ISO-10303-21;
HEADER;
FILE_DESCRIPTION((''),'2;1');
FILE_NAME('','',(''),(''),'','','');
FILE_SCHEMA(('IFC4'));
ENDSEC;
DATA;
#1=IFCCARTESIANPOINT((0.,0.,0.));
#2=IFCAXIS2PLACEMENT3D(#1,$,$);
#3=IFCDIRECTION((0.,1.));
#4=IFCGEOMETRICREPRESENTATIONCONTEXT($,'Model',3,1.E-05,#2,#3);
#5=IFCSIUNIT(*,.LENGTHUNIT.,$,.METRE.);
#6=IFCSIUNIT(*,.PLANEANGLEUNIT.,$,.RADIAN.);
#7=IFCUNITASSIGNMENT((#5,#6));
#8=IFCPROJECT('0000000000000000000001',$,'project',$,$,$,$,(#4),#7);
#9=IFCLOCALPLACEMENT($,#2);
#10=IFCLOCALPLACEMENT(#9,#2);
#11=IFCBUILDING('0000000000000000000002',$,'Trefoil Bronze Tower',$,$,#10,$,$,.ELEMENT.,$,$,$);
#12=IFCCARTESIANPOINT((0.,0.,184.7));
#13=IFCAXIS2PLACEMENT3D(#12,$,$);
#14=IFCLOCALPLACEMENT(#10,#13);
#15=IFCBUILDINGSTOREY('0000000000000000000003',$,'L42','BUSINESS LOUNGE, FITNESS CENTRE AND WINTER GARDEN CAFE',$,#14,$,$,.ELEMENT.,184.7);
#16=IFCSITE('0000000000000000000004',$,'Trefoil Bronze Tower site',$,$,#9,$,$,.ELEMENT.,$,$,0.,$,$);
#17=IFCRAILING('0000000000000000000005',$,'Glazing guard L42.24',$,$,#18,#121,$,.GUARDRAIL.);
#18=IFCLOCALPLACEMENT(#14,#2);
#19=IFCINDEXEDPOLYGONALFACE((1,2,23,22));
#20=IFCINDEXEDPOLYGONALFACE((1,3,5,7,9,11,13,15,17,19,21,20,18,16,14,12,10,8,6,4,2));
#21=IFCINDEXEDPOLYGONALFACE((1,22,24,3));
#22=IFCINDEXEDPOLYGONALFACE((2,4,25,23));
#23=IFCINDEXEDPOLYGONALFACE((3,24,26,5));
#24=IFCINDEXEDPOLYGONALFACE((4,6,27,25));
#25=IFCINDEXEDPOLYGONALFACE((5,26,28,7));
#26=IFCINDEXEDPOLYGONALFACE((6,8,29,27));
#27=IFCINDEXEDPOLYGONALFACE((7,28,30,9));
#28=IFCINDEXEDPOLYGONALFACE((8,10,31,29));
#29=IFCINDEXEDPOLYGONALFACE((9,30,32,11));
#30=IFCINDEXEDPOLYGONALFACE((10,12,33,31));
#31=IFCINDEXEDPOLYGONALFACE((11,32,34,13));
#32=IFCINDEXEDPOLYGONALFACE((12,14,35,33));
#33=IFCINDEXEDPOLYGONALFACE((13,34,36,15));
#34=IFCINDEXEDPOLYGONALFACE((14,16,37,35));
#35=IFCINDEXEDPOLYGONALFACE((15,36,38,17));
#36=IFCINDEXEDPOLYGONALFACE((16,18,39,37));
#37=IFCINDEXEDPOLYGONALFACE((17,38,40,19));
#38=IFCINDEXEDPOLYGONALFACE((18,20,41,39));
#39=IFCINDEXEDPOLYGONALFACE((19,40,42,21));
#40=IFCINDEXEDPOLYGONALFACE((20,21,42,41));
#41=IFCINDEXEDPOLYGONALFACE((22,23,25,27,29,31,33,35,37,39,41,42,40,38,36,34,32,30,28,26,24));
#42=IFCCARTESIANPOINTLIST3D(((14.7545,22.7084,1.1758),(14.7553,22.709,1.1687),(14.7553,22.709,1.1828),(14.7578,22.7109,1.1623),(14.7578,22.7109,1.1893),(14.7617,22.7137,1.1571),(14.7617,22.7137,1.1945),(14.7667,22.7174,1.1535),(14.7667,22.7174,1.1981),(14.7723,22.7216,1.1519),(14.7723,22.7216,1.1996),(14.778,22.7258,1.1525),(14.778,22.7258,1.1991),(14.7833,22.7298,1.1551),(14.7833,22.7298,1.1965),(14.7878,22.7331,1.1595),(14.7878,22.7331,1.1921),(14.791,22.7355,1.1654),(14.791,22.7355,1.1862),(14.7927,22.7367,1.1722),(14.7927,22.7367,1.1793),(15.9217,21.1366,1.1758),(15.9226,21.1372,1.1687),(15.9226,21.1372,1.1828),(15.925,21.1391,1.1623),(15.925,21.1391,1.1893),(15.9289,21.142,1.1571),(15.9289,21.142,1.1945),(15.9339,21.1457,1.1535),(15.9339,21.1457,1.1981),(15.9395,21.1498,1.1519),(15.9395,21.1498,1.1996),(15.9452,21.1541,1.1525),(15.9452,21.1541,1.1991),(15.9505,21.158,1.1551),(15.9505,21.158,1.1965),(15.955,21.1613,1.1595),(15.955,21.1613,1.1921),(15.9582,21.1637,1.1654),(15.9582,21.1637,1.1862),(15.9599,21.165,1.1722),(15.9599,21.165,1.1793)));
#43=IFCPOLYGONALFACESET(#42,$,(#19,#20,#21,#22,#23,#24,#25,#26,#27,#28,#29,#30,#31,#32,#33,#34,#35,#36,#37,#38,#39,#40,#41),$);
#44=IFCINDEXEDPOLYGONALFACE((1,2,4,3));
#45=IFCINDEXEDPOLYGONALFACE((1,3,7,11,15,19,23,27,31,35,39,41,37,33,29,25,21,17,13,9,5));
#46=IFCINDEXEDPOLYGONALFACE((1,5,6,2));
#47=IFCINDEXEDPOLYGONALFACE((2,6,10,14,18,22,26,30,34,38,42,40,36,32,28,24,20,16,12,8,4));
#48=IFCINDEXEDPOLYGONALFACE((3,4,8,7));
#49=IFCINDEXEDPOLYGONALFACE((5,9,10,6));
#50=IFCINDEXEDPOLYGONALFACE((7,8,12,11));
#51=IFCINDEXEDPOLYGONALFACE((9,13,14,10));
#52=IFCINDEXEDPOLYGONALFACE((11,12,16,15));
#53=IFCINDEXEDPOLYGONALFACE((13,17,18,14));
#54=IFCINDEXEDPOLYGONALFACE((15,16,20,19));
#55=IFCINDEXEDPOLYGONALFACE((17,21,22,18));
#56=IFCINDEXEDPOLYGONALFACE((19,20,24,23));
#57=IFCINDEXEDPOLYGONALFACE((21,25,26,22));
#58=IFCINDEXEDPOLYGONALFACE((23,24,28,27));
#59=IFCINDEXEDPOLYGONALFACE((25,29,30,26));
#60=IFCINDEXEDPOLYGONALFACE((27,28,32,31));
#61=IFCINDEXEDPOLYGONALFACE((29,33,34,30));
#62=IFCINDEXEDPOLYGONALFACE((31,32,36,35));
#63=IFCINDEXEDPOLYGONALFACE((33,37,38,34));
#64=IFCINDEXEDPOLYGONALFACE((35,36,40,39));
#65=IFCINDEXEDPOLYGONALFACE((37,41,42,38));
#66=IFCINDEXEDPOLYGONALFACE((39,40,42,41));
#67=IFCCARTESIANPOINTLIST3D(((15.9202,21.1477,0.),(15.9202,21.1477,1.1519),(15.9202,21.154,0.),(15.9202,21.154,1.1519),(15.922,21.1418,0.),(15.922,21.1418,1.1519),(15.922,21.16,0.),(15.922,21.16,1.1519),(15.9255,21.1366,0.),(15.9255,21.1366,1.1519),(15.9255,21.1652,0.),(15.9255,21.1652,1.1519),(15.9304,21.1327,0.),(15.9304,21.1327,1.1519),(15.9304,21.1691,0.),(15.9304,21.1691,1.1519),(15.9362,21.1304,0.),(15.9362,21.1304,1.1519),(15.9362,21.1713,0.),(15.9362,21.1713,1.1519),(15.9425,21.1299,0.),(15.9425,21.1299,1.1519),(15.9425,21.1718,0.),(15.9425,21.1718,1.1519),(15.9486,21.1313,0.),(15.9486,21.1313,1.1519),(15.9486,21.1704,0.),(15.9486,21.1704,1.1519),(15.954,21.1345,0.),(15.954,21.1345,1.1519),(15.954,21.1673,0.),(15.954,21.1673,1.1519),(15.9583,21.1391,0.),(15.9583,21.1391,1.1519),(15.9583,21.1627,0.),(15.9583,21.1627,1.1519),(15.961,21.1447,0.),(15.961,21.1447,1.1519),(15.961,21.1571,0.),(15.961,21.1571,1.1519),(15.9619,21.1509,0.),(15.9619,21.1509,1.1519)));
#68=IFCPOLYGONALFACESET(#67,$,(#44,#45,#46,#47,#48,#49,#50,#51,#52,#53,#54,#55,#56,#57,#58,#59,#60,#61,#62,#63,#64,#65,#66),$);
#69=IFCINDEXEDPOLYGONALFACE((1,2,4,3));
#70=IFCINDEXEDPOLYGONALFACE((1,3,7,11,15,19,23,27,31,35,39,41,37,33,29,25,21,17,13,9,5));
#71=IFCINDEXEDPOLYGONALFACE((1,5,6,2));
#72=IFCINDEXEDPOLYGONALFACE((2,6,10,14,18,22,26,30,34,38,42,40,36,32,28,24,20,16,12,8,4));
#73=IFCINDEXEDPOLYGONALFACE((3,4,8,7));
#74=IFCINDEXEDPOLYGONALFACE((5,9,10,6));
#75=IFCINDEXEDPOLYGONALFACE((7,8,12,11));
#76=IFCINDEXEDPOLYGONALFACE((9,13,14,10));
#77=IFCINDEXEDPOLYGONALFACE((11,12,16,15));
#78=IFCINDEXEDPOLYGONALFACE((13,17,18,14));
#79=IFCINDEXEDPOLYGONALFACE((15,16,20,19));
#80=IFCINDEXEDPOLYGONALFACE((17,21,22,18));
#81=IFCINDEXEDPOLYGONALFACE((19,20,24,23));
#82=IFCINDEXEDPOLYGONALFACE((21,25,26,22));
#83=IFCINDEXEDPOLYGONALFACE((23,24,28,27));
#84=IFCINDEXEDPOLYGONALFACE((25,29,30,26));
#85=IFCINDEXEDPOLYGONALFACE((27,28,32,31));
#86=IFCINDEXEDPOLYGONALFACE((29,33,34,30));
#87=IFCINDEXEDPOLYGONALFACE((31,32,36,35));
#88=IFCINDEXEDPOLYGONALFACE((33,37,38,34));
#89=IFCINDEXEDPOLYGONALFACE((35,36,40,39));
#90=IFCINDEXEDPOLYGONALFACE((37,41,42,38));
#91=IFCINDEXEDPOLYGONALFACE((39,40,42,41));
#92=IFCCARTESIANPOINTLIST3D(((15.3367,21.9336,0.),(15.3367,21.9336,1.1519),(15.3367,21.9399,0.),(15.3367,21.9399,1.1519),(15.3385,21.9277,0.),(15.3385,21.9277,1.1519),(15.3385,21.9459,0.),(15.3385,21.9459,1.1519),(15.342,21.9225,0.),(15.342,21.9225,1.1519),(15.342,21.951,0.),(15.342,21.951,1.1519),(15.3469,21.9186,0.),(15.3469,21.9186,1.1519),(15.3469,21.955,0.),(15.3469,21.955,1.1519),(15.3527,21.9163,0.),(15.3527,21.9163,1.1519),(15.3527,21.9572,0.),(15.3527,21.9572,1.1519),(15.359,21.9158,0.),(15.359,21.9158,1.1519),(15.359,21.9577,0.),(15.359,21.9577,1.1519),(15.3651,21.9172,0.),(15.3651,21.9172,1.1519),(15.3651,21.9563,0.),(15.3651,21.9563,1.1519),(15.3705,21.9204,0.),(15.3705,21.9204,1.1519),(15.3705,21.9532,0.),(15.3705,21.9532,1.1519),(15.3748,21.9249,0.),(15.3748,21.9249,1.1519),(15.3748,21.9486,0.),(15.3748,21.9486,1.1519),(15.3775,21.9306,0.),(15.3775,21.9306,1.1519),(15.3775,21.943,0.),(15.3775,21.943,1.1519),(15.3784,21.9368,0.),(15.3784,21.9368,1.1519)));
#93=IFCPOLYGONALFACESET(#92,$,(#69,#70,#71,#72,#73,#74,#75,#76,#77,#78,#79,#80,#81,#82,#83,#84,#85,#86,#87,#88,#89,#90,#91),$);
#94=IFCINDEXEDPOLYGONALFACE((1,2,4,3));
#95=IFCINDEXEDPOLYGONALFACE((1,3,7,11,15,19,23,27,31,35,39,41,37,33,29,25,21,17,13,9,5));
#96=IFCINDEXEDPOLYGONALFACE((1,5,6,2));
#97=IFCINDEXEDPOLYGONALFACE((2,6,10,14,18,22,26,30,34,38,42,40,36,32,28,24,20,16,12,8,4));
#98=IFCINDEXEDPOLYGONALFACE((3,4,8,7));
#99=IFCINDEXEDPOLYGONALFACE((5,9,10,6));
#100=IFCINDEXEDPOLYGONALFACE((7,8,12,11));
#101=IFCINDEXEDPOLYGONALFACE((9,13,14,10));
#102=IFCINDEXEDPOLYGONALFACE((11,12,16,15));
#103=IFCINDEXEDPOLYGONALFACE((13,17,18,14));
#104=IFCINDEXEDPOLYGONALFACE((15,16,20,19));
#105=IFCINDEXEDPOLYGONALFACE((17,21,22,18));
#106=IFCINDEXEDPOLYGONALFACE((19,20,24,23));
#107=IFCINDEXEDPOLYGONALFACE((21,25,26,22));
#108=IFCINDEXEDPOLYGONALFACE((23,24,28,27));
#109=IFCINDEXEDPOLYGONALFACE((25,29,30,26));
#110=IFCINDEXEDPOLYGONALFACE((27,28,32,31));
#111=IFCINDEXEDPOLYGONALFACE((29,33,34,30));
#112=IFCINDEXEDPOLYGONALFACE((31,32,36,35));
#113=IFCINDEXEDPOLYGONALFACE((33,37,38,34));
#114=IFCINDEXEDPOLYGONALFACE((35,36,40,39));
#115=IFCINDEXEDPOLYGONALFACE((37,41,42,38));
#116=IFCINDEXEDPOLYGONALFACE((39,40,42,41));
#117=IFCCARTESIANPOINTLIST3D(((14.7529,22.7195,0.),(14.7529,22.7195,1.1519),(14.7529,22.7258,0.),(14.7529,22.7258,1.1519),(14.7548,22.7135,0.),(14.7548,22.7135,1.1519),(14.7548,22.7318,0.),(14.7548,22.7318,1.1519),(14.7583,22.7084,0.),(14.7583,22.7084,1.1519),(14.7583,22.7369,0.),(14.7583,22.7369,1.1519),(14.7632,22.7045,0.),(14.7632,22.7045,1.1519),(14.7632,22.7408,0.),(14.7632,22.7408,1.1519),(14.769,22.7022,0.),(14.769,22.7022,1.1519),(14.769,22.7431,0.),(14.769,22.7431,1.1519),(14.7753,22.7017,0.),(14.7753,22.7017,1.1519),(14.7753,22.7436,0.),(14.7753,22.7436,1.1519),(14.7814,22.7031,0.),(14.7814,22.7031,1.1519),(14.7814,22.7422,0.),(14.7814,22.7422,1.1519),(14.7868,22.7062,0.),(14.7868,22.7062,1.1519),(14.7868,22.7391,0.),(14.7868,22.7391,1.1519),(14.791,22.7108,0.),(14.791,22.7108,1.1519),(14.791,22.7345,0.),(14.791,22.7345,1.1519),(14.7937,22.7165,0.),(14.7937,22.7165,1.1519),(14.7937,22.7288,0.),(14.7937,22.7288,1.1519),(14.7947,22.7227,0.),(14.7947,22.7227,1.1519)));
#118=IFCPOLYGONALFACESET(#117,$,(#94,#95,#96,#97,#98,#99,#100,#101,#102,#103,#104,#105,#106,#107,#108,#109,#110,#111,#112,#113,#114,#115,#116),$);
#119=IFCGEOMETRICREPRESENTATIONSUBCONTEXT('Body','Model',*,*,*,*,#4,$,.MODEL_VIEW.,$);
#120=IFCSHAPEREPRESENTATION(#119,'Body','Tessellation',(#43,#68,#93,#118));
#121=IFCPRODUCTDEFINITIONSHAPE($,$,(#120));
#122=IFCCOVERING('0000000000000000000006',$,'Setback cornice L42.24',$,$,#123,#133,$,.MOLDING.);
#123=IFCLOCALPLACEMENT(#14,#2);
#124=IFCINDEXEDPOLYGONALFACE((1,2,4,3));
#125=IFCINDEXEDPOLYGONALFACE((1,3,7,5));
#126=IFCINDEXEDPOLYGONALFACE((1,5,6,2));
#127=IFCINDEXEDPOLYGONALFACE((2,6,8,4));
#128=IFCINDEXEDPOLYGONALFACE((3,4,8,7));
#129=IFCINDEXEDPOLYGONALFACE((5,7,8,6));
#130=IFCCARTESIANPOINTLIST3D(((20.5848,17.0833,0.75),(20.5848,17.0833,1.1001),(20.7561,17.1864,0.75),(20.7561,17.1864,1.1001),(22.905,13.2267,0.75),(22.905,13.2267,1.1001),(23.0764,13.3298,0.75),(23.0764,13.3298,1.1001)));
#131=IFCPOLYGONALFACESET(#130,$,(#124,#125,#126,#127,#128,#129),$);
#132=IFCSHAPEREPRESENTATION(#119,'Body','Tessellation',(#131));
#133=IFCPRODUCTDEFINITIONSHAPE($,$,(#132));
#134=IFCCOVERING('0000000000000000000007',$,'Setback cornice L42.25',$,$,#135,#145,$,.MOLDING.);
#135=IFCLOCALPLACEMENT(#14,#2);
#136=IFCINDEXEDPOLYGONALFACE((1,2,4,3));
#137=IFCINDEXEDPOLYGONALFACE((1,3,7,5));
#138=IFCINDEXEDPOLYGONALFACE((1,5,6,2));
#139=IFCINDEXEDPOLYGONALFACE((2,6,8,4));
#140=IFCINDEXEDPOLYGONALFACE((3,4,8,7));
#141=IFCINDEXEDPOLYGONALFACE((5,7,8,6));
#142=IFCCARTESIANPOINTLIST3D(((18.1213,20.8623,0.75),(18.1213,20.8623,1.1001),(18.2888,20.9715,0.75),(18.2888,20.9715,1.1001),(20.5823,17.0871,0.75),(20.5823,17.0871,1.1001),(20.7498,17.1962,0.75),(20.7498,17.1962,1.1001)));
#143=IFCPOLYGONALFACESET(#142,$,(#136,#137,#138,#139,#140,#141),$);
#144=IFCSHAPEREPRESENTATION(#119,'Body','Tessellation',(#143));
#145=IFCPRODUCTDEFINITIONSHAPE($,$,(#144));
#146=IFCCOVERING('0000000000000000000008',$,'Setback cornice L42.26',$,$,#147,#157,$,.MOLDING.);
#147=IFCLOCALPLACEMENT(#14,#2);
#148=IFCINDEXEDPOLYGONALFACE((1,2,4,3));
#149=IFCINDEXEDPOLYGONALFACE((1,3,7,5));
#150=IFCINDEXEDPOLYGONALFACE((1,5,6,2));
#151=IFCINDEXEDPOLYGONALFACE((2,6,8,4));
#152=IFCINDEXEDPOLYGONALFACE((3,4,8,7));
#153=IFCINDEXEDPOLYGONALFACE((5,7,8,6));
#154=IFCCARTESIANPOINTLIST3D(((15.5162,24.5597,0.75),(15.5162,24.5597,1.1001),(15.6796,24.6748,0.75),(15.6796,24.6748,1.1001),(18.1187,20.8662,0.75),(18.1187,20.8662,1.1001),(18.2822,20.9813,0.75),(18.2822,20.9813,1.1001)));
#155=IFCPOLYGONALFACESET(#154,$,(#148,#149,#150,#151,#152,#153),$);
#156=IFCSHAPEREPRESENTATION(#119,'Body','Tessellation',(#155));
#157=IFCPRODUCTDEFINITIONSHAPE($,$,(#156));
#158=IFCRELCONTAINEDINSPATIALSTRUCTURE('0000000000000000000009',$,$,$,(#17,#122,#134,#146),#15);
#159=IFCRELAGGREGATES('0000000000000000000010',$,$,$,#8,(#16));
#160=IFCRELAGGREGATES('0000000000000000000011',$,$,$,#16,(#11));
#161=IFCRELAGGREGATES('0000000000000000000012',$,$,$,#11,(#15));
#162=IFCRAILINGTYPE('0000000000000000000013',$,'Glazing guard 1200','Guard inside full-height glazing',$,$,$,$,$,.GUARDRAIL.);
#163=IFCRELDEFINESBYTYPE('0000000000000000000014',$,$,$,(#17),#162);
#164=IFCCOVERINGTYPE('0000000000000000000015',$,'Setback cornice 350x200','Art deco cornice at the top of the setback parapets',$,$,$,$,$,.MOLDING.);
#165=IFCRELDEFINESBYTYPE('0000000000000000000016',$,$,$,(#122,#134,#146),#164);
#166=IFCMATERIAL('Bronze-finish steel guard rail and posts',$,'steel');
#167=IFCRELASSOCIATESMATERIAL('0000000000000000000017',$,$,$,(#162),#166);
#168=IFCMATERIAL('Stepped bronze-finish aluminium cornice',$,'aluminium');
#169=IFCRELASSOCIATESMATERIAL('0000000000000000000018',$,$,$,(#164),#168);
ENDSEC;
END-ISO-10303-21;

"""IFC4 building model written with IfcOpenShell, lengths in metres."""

from ifc_helpers import new_model, si_unit, direction, frame, origin, origin_2d, place, context, subcontext, project, spatial, rectangle, circle, extrude, material, type_object, element, save


model = new_model("IFC4")

# Units and contexts
model_context = context("Model", 3, precision=1e-05, world=origin(), true_north=direction((0.0, 1.0)))
body_context = subcontext(model_context, "Body", "Model", "MODEL_VIEW")
ifc_project = project(units=[si_unit("LENGTHUNIT", "METRE"), si_unit("PLANEANGLEUNIT", "RADIAN")], contexts=[model_context])

# Site, building, storey
site_placement = place(None, origin())
site = spatial("IfcSite", under=ifc_project, at=site_placement, Name="Trefoil Bronze Tower site", CompositionType="ELEMENT", RefElevation=0.0)
building_placement = place(site_placement, origin())
building = spatial("IfcBuilding", under=site, at=building_placement, Name="Trefoil Bronze Tower", CompositionType="ELEMENT")
storey_placement = place(building_placement, frame((0.0, 0.0, 184.7)))
storey = spatial("IfcBuildingStorey", under=building, at=storey_placement, Name="L42", Description="BUSINESS LOUNGE, FITNESS CENTRE AND WINTER GARDEN CAFE", CompositionType="ELEMENT", Elevation=184.7)

# Railing
ifc_material_1 = material(Name="Bronze-finish steel guard rail and posts", Category="steel")
railing_type_1 = type_object("IfcRailingType", Name="Glazing guard 1200", Description="Guard inside full-height glazing", PredefinedType="GUARDRAIL", material=ifc_material_1)
railing_1_placement = place(storey_placement, frame((15.9409, 21.1509, 0.0)))
element("IfcRailing", 1, at=railing_1_placement, inside=storey, type_object=railing_type_1, Name="Glazing guard L42.24", PredefinedType="GUARDRAIL", context=body_context, shape_type="SweptSolid", body=[
    extrude(circle(Radius=0.0239, at=origin_2d()), frame((0.0, 0.0, 1.1758), z_axis=(-0.596202, 0.802834, 0.0), x_axis=(-0.802834, -0.596202, 0.0)), (0.0, 0.0, 1.0), 1.9578),
    extrude(circle(Radius=0.021, at=origin_2d()), origin(), (0.0, 0.0, 1.0), 1.1519),
    extrude(circle(Radius=0.021, at=origin_2d()), frame((-0.5835, 0.7859, 0.0)), (0.0, 0.0, 1.0), 1.1519),
    extrude(circle(Radius=0.021, at=origin_2d()), frame((-1.1672, 1.5718, 0.0)), (0.0, 0.0, 1.0), 1.1519),
])

# Coverings
ifc_material_2 = material(Name="Stepped bronze-finish aluminium cornice", Category="aluminium")
covering_type = type_object("IfcCoveringType", Name="Setback cornice 350x200", Description="Art deco cornice at the top of the setback parapets", PredefinedType="MOLDING", material=ifc_material_2)
covering_1_placement = place(storey_placement, frame((21.8306, 15.2065, 0.75), z_axis=(0.0, 0.0, 1.0), x_axis=(-0.515525, 0.856874, 0.0)))
element("IfcCovering", 2, at=covering_1_placement, inside=storey, type_object=covering_type, Name="Setback cornice L42.24", PredefinedType="MOLDING", context=body_context, shape_type="SweptSolid", body=[
    extrude(rectangle(XDim=4.5007, YDim=0.2, at=origin_2d()), origin(), (0.0, 0.0, 1.0), 0.3501),
])
covering_2_placement = place(storey_placement, frame((19.4355, 19.0293, 0.75), z_axis=(0.0, 0.0, 1.0), x_axis=(-0.546089, 0.837727, 0.0)))
element("IfcCovering", 3, at=covering_2_placement, inside=storey, type_object=covering_type, Name="Setback cornice L42.25", PredefinedType="MOLDING", context=body_context, shape_type="SweptSolid", body=[
    extrude(rectangle(XDim=4.5066, YDim=0.2, at=origin_2d()), origin(), (0.0, 0.0, 1.0), 0.3501),
])
covering_3_placement = place(storey_placement, frame((16.8992, 22.7705, 0.75), z_axis=(0.0, 0.0, 1.0), x_axis=(-0.575999, 0.81745, 0.0)))
element("IfcCovering", 4, at=covering_3_placement, inside=storey, type_object=covering_type, Name="Setback cornice L42.26", PredefinedType="MOLDING", context=body_context, shape_type="SweptSolid", body=[
    extrude(rectangle(XDim=4.5183, YDim=0.2, at=origin_2d()), origin(), (0.0, 0.0, 1.0), 0.3501),
])

save(model, "model.ifc")
